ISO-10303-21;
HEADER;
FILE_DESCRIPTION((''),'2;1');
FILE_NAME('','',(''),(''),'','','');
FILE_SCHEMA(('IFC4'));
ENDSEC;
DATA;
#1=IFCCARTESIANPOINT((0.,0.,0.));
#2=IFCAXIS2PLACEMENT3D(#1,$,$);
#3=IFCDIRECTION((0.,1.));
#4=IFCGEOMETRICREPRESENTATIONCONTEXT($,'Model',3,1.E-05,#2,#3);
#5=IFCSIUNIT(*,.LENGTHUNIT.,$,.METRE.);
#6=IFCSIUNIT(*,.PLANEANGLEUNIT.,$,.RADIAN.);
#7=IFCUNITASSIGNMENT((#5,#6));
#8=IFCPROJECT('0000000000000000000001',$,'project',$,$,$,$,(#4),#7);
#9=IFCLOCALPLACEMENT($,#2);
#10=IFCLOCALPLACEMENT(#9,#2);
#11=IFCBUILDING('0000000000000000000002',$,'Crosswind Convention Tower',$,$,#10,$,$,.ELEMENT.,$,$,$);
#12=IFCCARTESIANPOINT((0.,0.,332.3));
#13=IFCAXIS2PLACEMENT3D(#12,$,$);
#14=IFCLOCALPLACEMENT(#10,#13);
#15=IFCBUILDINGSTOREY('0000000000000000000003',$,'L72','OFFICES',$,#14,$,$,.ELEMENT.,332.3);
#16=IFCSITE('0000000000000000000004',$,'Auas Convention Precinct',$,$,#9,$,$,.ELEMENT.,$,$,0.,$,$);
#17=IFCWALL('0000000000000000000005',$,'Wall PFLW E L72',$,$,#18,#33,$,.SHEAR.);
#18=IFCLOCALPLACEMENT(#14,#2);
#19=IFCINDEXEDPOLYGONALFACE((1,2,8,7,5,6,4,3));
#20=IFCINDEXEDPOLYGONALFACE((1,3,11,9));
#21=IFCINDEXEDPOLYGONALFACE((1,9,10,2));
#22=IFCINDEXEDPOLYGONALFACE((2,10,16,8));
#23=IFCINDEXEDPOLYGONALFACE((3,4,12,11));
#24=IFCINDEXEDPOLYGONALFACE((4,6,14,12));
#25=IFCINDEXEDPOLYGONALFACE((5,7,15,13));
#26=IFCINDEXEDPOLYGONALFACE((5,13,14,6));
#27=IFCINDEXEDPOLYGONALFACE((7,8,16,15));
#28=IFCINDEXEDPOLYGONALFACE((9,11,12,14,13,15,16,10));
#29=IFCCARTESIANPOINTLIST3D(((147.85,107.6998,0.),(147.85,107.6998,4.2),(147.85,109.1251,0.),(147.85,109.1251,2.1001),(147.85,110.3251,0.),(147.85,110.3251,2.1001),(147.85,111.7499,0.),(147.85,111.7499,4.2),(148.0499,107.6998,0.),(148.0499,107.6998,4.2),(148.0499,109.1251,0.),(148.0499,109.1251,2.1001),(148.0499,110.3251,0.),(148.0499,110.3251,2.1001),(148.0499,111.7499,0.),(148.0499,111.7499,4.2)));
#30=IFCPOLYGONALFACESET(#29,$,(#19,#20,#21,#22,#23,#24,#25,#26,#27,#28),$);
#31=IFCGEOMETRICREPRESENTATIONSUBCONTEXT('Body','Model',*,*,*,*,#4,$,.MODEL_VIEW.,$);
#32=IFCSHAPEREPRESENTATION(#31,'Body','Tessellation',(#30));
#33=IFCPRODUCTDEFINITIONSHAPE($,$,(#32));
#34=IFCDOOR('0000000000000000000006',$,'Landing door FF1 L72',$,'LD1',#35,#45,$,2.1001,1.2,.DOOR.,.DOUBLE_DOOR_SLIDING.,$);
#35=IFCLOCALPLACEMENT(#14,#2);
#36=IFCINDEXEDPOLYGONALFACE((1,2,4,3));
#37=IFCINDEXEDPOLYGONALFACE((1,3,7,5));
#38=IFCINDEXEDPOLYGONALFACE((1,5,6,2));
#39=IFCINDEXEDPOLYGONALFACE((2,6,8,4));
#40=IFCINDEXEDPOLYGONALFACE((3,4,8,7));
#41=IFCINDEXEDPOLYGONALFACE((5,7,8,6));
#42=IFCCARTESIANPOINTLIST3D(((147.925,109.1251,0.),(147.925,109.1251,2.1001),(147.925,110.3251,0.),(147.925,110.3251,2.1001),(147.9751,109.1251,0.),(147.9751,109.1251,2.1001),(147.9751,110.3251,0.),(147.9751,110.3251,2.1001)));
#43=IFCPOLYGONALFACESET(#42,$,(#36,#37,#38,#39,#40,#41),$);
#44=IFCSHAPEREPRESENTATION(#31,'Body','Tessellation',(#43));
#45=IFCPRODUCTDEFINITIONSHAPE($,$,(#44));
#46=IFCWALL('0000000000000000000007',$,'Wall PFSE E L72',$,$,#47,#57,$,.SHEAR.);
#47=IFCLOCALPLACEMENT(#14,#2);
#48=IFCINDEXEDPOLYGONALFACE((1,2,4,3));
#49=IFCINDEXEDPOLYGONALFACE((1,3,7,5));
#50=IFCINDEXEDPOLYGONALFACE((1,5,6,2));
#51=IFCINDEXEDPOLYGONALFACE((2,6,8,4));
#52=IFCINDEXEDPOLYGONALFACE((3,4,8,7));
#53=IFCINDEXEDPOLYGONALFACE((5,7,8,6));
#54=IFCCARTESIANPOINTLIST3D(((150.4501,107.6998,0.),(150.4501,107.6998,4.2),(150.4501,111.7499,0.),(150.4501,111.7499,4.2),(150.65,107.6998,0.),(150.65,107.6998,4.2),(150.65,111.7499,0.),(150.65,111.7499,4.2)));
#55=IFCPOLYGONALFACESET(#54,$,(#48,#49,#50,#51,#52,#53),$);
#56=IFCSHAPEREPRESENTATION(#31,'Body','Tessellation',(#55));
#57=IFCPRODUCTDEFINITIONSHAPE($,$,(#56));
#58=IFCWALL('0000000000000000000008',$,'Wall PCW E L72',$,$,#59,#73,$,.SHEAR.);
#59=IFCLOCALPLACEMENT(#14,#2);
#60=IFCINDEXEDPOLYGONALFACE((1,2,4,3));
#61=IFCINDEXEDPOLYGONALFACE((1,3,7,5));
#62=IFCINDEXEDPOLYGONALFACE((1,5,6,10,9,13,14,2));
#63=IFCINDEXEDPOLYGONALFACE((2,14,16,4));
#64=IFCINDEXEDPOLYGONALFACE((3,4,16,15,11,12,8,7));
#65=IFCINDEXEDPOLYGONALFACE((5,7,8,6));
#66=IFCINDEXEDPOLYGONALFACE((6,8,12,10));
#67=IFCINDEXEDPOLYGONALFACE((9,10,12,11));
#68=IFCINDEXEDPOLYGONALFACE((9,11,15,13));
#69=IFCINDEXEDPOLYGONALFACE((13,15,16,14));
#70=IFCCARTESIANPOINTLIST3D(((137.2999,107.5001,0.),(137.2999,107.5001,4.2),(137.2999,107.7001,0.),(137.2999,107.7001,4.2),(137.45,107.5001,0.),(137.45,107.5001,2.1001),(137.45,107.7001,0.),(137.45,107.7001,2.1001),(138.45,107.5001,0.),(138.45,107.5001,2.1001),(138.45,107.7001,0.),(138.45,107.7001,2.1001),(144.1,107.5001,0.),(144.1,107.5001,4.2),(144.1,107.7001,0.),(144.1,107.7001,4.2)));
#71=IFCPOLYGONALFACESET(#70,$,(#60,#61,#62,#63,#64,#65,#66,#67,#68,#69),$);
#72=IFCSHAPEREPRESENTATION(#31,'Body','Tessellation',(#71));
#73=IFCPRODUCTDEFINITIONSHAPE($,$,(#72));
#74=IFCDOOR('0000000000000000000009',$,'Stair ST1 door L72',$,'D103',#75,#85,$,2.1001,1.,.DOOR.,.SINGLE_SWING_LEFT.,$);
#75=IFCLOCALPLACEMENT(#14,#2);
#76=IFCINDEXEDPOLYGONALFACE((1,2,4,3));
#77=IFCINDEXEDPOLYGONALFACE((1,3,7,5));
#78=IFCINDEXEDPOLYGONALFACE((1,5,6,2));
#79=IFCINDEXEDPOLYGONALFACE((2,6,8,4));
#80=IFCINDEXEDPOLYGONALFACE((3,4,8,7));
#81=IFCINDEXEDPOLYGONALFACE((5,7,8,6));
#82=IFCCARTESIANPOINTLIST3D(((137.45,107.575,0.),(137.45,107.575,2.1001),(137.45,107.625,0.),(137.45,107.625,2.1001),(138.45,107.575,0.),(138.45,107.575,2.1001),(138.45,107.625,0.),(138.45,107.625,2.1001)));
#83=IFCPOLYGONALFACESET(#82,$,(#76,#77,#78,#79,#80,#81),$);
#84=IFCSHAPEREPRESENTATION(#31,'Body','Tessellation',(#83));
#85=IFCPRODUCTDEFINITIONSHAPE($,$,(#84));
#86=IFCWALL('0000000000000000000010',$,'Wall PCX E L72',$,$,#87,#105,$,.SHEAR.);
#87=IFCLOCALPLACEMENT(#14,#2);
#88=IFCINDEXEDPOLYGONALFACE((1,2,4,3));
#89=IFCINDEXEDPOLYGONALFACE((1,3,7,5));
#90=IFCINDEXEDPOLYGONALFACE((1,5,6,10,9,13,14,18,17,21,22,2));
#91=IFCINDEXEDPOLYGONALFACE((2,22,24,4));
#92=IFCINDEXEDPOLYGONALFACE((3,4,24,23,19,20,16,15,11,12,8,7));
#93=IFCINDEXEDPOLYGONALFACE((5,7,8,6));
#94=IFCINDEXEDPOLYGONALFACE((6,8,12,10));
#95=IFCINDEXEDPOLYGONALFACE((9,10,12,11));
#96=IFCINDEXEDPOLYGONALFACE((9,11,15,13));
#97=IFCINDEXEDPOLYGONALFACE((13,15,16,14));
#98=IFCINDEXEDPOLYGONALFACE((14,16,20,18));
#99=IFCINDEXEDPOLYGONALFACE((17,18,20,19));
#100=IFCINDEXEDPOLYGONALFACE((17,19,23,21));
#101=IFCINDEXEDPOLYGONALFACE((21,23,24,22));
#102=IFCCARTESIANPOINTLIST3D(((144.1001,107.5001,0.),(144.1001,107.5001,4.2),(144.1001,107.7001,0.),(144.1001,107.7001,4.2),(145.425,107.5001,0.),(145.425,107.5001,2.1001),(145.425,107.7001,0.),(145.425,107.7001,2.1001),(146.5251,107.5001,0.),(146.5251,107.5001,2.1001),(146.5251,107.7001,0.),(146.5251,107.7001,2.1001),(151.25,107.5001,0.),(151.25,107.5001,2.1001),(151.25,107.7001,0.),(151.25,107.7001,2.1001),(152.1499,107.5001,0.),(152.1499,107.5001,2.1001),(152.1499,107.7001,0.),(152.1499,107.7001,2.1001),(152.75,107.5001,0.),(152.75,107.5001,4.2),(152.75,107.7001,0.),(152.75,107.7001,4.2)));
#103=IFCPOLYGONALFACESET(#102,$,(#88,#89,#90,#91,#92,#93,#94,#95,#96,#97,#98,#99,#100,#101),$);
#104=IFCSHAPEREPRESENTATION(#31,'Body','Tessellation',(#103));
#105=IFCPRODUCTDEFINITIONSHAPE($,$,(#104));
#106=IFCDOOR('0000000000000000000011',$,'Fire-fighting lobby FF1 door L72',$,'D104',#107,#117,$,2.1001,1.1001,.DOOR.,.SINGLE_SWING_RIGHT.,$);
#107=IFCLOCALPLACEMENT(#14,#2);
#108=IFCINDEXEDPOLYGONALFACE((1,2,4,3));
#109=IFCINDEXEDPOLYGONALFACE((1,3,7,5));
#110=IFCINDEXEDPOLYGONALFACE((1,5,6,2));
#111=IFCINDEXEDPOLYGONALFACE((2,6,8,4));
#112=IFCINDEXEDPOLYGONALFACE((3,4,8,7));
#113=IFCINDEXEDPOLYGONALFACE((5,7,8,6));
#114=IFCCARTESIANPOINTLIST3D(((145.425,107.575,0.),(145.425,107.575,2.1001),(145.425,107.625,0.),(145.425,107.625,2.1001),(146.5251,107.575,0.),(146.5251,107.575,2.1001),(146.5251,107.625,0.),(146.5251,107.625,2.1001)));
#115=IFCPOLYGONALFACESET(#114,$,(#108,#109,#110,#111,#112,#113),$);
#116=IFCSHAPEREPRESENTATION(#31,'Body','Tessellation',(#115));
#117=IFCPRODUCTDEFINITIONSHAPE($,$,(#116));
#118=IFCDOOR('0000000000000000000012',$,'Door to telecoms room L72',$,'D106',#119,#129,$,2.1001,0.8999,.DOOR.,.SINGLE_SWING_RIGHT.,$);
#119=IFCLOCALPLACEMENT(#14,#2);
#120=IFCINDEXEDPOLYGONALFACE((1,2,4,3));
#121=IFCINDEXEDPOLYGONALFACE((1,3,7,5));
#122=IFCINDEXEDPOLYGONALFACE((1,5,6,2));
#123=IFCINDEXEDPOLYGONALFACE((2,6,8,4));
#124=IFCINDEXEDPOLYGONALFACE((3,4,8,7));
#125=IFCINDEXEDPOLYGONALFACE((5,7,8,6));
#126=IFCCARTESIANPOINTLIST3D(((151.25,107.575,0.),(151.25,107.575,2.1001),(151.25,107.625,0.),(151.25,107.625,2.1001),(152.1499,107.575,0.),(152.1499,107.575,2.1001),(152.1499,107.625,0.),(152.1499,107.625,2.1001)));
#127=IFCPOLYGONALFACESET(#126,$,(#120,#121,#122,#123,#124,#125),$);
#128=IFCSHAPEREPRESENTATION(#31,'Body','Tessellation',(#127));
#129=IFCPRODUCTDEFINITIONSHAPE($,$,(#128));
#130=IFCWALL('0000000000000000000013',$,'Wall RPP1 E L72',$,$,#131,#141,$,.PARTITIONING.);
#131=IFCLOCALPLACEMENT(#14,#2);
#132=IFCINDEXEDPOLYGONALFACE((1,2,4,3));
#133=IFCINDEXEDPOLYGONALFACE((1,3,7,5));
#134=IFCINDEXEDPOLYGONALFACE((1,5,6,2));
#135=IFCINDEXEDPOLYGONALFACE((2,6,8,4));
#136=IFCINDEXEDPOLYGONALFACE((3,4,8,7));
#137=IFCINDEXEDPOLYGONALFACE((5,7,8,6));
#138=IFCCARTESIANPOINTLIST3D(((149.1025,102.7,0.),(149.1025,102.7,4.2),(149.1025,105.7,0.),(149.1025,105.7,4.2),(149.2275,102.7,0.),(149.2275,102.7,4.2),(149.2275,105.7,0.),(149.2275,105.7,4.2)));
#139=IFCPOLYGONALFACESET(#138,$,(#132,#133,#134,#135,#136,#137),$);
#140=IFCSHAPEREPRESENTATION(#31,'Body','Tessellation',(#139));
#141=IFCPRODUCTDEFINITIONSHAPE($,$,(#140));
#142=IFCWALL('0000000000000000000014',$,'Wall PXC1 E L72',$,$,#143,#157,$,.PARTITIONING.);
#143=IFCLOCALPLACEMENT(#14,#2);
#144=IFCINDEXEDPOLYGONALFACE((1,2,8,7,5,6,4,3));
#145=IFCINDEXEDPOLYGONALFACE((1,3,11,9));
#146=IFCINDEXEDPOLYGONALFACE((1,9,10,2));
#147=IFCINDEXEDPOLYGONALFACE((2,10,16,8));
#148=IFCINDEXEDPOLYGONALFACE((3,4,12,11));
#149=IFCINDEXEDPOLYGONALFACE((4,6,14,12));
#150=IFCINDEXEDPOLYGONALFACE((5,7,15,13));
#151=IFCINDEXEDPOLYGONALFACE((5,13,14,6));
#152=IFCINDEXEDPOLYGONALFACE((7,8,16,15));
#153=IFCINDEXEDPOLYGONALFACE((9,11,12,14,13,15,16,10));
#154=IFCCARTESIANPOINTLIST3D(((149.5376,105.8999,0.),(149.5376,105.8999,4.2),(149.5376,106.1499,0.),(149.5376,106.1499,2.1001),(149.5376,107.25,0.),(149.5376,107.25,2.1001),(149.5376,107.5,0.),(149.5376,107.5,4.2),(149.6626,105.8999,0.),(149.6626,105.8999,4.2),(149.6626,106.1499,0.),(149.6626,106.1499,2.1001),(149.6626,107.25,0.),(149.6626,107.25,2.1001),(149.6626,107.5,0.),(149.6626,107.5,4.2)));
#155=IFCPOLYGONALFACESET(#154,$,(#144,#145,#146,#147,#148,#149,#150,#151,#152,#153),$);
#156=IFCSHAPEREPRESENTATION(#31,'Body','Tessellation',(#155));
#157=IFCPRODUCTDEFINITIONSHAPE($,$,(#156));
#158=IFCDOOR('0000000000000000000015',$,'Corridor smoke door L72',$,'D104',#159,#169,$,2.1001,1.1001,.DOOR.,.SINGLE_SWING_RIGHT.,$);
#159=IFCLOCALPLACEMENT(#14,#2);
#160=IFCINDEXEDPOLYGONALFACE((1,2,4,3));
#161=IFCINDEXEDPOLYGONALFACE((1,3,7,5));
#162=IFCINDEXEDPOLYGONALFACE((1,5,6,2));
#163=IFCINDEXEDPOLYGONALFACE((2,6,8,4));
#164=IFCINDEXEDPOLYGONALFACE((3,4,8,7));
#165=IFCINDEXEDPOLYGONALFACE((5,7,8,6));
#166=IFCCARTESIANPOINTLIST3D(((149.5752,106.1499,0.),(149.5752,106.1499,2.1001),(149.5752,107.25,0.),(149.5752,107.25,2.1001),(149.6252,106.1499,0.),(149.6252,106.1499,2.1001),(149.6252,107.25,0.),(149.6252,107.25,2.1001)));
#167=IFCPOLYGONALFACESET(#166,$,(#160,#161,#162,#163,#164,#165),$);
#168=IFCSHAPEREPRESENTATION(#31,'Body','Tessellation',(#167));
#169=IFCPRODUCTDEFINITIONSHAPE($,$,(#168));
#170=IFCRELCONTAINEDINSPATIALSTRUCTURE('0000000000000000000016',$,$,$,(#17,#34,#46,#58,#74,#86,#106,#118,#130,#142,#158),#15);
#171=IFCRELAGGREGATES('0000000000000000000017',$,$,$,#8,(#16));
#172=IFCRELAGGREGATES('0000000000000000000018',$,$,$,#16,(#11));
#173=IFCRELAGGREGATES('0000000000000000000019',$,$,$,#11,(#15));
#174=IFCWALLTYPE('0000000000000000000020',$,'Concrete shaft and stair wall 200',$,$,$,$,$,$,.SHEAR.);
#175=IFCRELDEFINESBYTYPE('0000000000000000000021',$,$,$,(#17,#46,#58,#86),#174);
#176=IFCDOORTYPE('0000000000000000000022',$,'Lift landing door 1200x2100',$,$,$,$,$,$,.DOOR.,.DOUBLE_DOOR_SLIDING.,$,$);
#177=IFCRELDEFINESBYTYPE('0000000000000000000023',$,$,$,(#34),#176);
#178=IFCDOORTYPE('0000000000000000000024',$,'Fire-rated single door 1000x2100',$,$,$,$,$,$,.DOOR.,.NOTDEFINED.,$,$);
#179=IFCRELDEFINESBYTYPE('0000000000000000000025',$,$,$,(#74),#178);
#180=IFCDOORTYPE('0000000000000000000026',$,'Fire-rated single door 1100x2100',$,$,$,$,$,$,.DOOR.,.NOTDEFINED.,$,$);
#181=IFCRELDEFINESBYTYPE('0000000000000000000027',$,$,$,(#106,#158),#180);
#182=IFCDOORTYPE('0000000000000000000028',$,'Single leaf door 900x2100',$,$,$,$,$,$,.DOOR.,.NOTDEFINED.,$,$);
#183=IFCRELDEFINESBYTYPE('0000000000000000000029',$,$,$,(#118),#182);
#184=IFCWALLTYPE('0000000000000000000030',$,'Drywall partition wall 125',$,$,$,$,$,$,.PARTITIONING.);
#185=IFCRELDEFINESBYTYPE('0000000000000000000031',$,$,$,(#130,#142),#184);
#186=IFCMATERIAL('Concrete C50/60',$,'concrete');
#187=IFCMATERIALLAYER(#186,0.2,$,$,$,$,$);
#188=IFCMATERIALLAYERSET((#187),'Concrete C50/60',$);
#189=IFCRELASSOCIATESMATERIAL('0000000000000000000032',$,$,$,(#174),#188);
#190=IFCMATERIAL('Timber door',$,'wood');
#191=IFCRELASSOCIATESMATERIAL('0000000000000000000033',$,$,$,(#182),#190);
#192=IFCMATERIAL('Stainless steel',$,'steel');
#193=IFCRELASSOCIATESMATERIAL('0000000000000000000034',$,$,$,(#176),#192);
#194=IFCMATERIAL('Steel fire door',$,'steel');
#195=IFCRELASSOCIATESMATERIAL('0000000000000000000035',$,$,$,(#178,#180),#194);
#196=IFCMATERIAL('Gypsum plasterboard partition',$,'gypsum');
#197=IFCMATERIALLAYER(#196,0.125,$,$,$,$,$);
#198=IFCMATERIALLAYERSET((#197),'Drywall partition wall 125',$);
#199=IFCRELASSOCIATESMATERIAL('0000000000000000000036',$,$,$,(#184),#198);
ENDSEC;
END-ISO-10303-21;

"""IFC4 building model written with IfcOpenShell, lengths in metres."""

from ifc_helpers import new_model, si_unit, direction, frame, frame_2d, origin, place, context, subcontext, project, spatial, rectangle, extrude, material, layer, layer_set, type_object, element, fill, save


model = new_model("IFC4")

# Units and contexts
model_context = context("Model", 3, precision=1e-05, world=origin(), true_north=direction((0.0, 1.0)))
body_context = subcontext(model_context, "Body", "Model", "MODEL_VIEW")
ifc_project = project(units=[si_unit("LENGTHUNIT", "METRE"), si_unit("PLANEANGLEUNIT", "RADIAN")], contexts=[model_context])

# Site, building, storey
site_placement = place(None, origin())
site = spatial("IfcSite", under=ifc_project, at=site_placement, Name="Auas Convention Precinct", CompositionType="ELEMENT", RefElevation=0.0)
building_placement = place(site_placement, origin())
building = spatial("IfcBuilding", under=site, at=building_placement, Name="Crosswind Convention Tower", CompositionType="ELEMENT")
storey_placement = place(building_placement, frame((0.0, 0.0, 332.3)))
storey = spatial("IfcBuildingStorey", under=building, at=storey_placement, Name="L72", Description="OFFICES", CompositionType="ELEMENT", Elevation=332.3)

# Shared definitions
ifc_material_1 = material(Name="Concrete C50/60", Category="concrete")
ifc_layer_1 = layer(ifc_material_1, 0.2)
ifc_layer_set_1 = layer_set([ifc_layer_1], Name="Concrete C50/60")
wall_type_1 = type_object("IfcWallType", Name="Concrete shaft and stair wall 200", PredefinedType="SHEAR", material=ifc_layer_set_1)

# Shared definitions
ifc_material_2 = material(Name="Timber door", Category="wood")
door_type_1 = type_object("IfcDoorType", Name="Single leaf door 900x2100", OperationType="NOTDEFINED", PredefinedType="DOOR", material=ifc_material_2)

# Wall, opening, door
wall_1_placement = place(storey_placement, frame((147.95, 107.7, 0.0), z_axis=(0.0, 0.0, 1.0), x_axis=(0.0, 1.0, 0.0)))
wall_1 = element("IfcWall", 1, at=wall_1_placement, inside=storey, type_object=wall_type_1, Name="Wall PFLW E L72", PredefinedType="SHEAR", context=body_context, shape_type="SweptSolid", body=[
    extrude(rectangle(XDim=4.05, YDim=0.2, at=frame_2d((2.0249, 0.0))), origin(), (0.0, 0.0, 1.0), 4.2),
])
opening_1_placement = place(wall_1_placement, frame((1.425, 0.0, 0.0)))
opening_1 = element("IfcOpeningElement", 2, at=opening_1_placement, cuts=wall_1, PredefinedType="OPENING", context=body_context, shape_type="SweptSolid", body=[
    extrude(rectangle(XDim=1.2, YDim=2.1001, at=frame_2d((0.6001, 1.05))), frame((0.0, 0.1099, 0.0), z_axis=(0.0, -1.0, 0.0), x_axis=(1.0, 0.0, 0.0)), (0.0, 0.0, 1.0), 0.22),
])
ifc_material_3 = material(Name="Stainless steel", Category="steel")
door_type_2 = type_object("IfcDoorType", Name="Lift landing door 1200x2100", OperationType="DOUBLE_DOOR_SLIDING", PredefinedType="DOOR", material=ifc_material_3)
door_1_placement = place(opening_1_placement, origin())
door_1 = element("IfcDoor", 3, at=door_1_placement, inside=storey, type_object=door_type_2, Name="Landing door FF1 L72", ObjectType="LD1", OperationType="DOUBLE_DOOR_SLIDING", OverallHeight=2.1001, OverallWidth=1.2, PredefinedType="DOOR", context=body_context, shape_type="SweptSolid", body=[
    extrude(rectangle(XDim=1.2, YDim=2.1001, at=frame_2d((0.6001, 1.05))), frame((0.0, 0.0249, 0.0), z_axis=(0.0, -1.0, 0.0), x_axis=(1.0, 0.0, 0.0)), (0.0, 0.0, 1.0), 0.05),
])
fill(opening_1, door_1)

# Wall
wall_2_placement = place(storey_placement, frame((150.55, 107.7, 0.0), z_axis=(0.0, 0.0, 1.0), x_axis=(0.0, 1.0, 0.0)))
element("IfcWall", 4, at=wall_2_placement, inside=storey, type_object=wall_type_1, Name="Wall PFSE E L72", PredefinedType="SHEAR", context=body_context, shape_type="SweptSolid", body=[
    extrude(rectangle(XDim=4.05, YDim=0.2, at=frame_2d((2.0249, 0.0))), origin(), (0.0, 0.0, 1.0), 4.2),
])

# Wall, opening, door
wall_3_placement = place(storey_placement, frame((137.3, 107.6001, 0.0), z_axis=(0.0, 0.0, 1.0), x_axis=(1.0, 0.0, 0.0)))
wall_3 = element("IfcWall", 5, at=wall_3_placement, inside=storey, type_object=wall_type_1, Name="Wall PCW E L72", PredefinedType="SHEAR", context=body_context, shape_type="SweptSolid", body=[
    extrude(rectangle(XDim=6.8, YDim=0.2, at=frame_2d((3.3999, 0.0))), origin(), (0.0, 0.0, 1.0), 4.2),
])
opening_2_placement = place(wall_3_placement, frame((0.1499, 0.0, 0.0)))
opening_2 = element("IfcOpeningElement", 6, at=opening_2_placement, cuts=wall_3, PredefinedType="OPENING", context=body_context, shape_type="SweptSolid", body=[
    extrude(rectangle(XDim=1.0, YDim=2.1001, at=frame_2d((0.5, 1.05))), frame((0.0, 0.1099, 0.0), z_axis=(0.0, -1.0, 0.0), x_axis=(1.0, 0.0, 0.0)), (0.0, 0.0, 1.0), 0.22),
])
ifc_material_4 = material(Name="Steel fire door", Category="steel")
door_type_3 = type_object("IfcDoorType", Name="Fire-rated single door 1000x2100", OperationType="NOTDEFINED", PredefinedType="DOOR", material=ifc_material_4)
door_2_placement = place(opening_2_placement, origin())
door_2 = element("IfcDoor", 7, at=door_2_placement, inside=storey, type_object=door_type_3, Name="Stair ST1 door L72", ObjectType="D103", OperationType="SINGLE_SWING_LEFT", OverallHeight=2.1001, OverallWidth=1.0, PredefinedType="DOOR", context=body_context, shape_type="SweptSolid", body=[
    extrude(rectangle(XDim=1.0, YDim=2.1001, at=frame_2d((0.5, 1.05))), frame((0.0, 0.0249, 0.0), z_axis=(0.0, -1.0, 0.0), x_axis=(1.0, 0.0, 0.0)), (0.0, 0.0, 1.0), 0.05),
])
fill(opening_2, door_2)

# Wall, openings, doors
wall_4_placement = place(storey_placement, frame((144.1001, 107.6001, 0.0), z_axis=(0.0, 0.0, 1.0), x_axis=(1.0, 0.0, 0.0)))
wall_4 = element("IfcWall", 8, at=wall_4_placement, inside=storey, type_object=wall_type_1, Name="Wall PCX E L72", PredefinedType="SHEAR", context=body_context, shape_type="SweptSolid", body=[
    extrude(rectangle(XDim=8.6499, YDim=0.2, at=frame_2d((4.325, 0.0))), origin(), (0.0, 0.0, 1.0), 4.2),
])
opening_3_placement = place(wall_4_placement, frame((1.325, 0.0, 0.0)))
opening_3 = element("IfcOpeningElement", 9, at=opening_3_placement, cuts=wall_4, PredefinedType="OPENING", context=body_context, shape_type="SweptSolid", body=[
    extrude(rectangle(XDim=1.1001, YDim=2.1001, at=frame_2d((0.55, 1.05))), frame((0.0, 0.1099, 0.0), z_axis=(0.0, -1.0, 0.0), x_axis=(1.0, 0.0, 0.0)), (0.0, 0.0, 1.0), 0.22),
])
opening_4_placement = place(wall_4_placement, frame((7.1499, 0.0, 0.0)))
opening_4 = element("IfcOpeningElement", 10, at=opening_4_placement, cuts=wall_4, PredefinedType="OPENING", context=body_context, shape_type="SweptSolid", body=[
    extrude(rectangle(XDim=0.8999, YDim=2.1001, at=frame_2d((0.45, 1.05))), frame((0.0, 0.1099, 0.0), z_axis=(0.0, -1.0, 0.0), x_axis=(1.0, 0.0, 0.0)), (0.0, 0.0, 1.0), 0.22),
])
door_type_4 = type_object("IfcDoorType", Name="Fire-rated single door 1100x2100", OperationType="NOTDEFINED", PredefinedType="DOOR", material=ifc_material_4)
door_3_placement = place(opening_3_placement, origin())
door_3 = element("IfcDoor", 11, at=door_3_placement, inside=storey, type_object=door_type_4, Name="Fire-fighting lobby FF1 door L72", ObjectType="D104", OperationType="SINGLE_SWING_RIGHT", OverallHeight=2.1001, OverallWidth=1.1001, PredefinedType="DOOR", context=body_context, shape_type="SweptSolid", body=[
    extrude(rectangle(XDim=1.1001, YDim=2.1001, at=frame_2d((0.55, 1.05))), frame((0.0, 0.0249, 0.0), z_axis=(0.0, -1.0, 0.0), x_axis=(1.0, 0.0, 0.0)), (0.0, 0.0, 1.0), 0.05),
])
fill(opening_3, door_3)
door_4_placement = place(opening_4_placement, origin())
door_4 = element("IfcDoor", 12, at=door_4_placement, inside=storey, type_object=door_type_1, Name="Door to telecoms room L72", ObjectType="D106", OperationType="SINGLE_SWING_RIGHT", OverallHeight=2.1001, OverallWidth=0.8999, PredefinedType="DOOR", context=body_context, shape_type="SweptSolid", body=[
    extrude(rectangle(XDim=0.8999, YDim=2.1001, at=frame_2d((0.45, 1.05))), frame((0.0, 0.0249, 0.0), z_axis=(0.0, -1.0, 0.0), x_axis=(1.0, 0.0, 0.0)), (0.0, 0.0, 1.0), 0.05),
])
fill(opening_4, door_4)

# Wall
ifc_material_5 = material(Name="Gypsum plasterboard partition", Category="gypsum")
ifc_layer_2 = layer(ifc_material_5, 0.125)
ifc_layer_set_2 = layer_set([ifc_layer_2], Name="Drywall partition wall 125")
wall_type_2 = type_object("IfcWallType", Name="Drywall partition wall 125", PredefinedType="PARTITIONING", material=ifc_layer_set_2)
wall_5_placement = place(storey_placement, frame((149.165, 102.7, 0.0), z_axis=(0.0, 0.0, 1.0), x_axis=(0.0, 1.0, 0.0)))
element("IfcWall", 13, at=wall_5_placement, inside=storey, type_object=wall_type_2, Name="Wall RPP1 E L72", PredefinedType="PARTITIONING", context=body_context, shape_type="SweptSolid", body=[
    extrude(rectangle(XDim=3.0, YDim=0.125, at=frame_2d((1.5, 0.0))), origin(), (0.0, 0.0, 1.0), 4.2),
])

# Wall, opening, door
wall_6_placement = place(storey_placement, frame((149.6001, 105.8999, 0.0), z_axis=(0.0, 0.0, 1.0), x_axis=(0.0, 1.0, 0.0)))
wall_6 = element("IfcWall", 14, at=wall_6_placement, inside=storey, type_object=wall_type_2, Name="Wall PXC1 E L72", PredefinedType="PARTITIONING", context=body_context, shape_type="SweptSolid", body=[
    extrude(rectangle(XDim=1.6001, YDim=0.125, at=frame_2d((0.8, 0.0))), origin(), (0.0, 0.0, 1.0), 4.2),
])
opening_5_placement = place(wall_6_placement, frame((0.25, 0.0, 0.0)))
opening_5 = element("IfcOpeningElement", 15, at=opening_5_placement, cuts=wall_6, PredefinedType="OPENING", context=body_context, shape_type="SweptSolid", body=[
    extrude(rectangle(XDim=1.1001, YDim=2.1001, at=frame_2d((0.55, 1.05))), frame((0.0, 0.0725, 0.0), z_axis=(0.0, -1.0, 0.0), x_axis=(1.0, 0.0, 0.0)), (0.0, 0.0, 1.0), 0.145),
])
door_5_placement = place(opening_5_placement, origin())
door_5 = element("IfcDoor", 16, at=door_5_placement, inside=storey, type_object=door_type_4, Name="Corridor smoke door L72", ObjectType="D104", OperationType="SINGLE_SWING_RIGHT", OverallHeight=2.1001, OverallWidth=1.1001, PredefinedType="DOOR", context=body_context, shape_type="SweptSolid", body=[
    extrude(rectangle(XDim=1.1001, YDim=2.1001, at=frame_2d((0.55, 1.05))), frame((0.0, 0.0249, 0.0), z_axis=(0.0, -1.0, 0.0), x_axis=(1.0, 0.0, 0.0)), (0.0, 0.0, 1.0), 0.05),
])
fill(opening_5, door_5)

save(model, "model.ifc")
